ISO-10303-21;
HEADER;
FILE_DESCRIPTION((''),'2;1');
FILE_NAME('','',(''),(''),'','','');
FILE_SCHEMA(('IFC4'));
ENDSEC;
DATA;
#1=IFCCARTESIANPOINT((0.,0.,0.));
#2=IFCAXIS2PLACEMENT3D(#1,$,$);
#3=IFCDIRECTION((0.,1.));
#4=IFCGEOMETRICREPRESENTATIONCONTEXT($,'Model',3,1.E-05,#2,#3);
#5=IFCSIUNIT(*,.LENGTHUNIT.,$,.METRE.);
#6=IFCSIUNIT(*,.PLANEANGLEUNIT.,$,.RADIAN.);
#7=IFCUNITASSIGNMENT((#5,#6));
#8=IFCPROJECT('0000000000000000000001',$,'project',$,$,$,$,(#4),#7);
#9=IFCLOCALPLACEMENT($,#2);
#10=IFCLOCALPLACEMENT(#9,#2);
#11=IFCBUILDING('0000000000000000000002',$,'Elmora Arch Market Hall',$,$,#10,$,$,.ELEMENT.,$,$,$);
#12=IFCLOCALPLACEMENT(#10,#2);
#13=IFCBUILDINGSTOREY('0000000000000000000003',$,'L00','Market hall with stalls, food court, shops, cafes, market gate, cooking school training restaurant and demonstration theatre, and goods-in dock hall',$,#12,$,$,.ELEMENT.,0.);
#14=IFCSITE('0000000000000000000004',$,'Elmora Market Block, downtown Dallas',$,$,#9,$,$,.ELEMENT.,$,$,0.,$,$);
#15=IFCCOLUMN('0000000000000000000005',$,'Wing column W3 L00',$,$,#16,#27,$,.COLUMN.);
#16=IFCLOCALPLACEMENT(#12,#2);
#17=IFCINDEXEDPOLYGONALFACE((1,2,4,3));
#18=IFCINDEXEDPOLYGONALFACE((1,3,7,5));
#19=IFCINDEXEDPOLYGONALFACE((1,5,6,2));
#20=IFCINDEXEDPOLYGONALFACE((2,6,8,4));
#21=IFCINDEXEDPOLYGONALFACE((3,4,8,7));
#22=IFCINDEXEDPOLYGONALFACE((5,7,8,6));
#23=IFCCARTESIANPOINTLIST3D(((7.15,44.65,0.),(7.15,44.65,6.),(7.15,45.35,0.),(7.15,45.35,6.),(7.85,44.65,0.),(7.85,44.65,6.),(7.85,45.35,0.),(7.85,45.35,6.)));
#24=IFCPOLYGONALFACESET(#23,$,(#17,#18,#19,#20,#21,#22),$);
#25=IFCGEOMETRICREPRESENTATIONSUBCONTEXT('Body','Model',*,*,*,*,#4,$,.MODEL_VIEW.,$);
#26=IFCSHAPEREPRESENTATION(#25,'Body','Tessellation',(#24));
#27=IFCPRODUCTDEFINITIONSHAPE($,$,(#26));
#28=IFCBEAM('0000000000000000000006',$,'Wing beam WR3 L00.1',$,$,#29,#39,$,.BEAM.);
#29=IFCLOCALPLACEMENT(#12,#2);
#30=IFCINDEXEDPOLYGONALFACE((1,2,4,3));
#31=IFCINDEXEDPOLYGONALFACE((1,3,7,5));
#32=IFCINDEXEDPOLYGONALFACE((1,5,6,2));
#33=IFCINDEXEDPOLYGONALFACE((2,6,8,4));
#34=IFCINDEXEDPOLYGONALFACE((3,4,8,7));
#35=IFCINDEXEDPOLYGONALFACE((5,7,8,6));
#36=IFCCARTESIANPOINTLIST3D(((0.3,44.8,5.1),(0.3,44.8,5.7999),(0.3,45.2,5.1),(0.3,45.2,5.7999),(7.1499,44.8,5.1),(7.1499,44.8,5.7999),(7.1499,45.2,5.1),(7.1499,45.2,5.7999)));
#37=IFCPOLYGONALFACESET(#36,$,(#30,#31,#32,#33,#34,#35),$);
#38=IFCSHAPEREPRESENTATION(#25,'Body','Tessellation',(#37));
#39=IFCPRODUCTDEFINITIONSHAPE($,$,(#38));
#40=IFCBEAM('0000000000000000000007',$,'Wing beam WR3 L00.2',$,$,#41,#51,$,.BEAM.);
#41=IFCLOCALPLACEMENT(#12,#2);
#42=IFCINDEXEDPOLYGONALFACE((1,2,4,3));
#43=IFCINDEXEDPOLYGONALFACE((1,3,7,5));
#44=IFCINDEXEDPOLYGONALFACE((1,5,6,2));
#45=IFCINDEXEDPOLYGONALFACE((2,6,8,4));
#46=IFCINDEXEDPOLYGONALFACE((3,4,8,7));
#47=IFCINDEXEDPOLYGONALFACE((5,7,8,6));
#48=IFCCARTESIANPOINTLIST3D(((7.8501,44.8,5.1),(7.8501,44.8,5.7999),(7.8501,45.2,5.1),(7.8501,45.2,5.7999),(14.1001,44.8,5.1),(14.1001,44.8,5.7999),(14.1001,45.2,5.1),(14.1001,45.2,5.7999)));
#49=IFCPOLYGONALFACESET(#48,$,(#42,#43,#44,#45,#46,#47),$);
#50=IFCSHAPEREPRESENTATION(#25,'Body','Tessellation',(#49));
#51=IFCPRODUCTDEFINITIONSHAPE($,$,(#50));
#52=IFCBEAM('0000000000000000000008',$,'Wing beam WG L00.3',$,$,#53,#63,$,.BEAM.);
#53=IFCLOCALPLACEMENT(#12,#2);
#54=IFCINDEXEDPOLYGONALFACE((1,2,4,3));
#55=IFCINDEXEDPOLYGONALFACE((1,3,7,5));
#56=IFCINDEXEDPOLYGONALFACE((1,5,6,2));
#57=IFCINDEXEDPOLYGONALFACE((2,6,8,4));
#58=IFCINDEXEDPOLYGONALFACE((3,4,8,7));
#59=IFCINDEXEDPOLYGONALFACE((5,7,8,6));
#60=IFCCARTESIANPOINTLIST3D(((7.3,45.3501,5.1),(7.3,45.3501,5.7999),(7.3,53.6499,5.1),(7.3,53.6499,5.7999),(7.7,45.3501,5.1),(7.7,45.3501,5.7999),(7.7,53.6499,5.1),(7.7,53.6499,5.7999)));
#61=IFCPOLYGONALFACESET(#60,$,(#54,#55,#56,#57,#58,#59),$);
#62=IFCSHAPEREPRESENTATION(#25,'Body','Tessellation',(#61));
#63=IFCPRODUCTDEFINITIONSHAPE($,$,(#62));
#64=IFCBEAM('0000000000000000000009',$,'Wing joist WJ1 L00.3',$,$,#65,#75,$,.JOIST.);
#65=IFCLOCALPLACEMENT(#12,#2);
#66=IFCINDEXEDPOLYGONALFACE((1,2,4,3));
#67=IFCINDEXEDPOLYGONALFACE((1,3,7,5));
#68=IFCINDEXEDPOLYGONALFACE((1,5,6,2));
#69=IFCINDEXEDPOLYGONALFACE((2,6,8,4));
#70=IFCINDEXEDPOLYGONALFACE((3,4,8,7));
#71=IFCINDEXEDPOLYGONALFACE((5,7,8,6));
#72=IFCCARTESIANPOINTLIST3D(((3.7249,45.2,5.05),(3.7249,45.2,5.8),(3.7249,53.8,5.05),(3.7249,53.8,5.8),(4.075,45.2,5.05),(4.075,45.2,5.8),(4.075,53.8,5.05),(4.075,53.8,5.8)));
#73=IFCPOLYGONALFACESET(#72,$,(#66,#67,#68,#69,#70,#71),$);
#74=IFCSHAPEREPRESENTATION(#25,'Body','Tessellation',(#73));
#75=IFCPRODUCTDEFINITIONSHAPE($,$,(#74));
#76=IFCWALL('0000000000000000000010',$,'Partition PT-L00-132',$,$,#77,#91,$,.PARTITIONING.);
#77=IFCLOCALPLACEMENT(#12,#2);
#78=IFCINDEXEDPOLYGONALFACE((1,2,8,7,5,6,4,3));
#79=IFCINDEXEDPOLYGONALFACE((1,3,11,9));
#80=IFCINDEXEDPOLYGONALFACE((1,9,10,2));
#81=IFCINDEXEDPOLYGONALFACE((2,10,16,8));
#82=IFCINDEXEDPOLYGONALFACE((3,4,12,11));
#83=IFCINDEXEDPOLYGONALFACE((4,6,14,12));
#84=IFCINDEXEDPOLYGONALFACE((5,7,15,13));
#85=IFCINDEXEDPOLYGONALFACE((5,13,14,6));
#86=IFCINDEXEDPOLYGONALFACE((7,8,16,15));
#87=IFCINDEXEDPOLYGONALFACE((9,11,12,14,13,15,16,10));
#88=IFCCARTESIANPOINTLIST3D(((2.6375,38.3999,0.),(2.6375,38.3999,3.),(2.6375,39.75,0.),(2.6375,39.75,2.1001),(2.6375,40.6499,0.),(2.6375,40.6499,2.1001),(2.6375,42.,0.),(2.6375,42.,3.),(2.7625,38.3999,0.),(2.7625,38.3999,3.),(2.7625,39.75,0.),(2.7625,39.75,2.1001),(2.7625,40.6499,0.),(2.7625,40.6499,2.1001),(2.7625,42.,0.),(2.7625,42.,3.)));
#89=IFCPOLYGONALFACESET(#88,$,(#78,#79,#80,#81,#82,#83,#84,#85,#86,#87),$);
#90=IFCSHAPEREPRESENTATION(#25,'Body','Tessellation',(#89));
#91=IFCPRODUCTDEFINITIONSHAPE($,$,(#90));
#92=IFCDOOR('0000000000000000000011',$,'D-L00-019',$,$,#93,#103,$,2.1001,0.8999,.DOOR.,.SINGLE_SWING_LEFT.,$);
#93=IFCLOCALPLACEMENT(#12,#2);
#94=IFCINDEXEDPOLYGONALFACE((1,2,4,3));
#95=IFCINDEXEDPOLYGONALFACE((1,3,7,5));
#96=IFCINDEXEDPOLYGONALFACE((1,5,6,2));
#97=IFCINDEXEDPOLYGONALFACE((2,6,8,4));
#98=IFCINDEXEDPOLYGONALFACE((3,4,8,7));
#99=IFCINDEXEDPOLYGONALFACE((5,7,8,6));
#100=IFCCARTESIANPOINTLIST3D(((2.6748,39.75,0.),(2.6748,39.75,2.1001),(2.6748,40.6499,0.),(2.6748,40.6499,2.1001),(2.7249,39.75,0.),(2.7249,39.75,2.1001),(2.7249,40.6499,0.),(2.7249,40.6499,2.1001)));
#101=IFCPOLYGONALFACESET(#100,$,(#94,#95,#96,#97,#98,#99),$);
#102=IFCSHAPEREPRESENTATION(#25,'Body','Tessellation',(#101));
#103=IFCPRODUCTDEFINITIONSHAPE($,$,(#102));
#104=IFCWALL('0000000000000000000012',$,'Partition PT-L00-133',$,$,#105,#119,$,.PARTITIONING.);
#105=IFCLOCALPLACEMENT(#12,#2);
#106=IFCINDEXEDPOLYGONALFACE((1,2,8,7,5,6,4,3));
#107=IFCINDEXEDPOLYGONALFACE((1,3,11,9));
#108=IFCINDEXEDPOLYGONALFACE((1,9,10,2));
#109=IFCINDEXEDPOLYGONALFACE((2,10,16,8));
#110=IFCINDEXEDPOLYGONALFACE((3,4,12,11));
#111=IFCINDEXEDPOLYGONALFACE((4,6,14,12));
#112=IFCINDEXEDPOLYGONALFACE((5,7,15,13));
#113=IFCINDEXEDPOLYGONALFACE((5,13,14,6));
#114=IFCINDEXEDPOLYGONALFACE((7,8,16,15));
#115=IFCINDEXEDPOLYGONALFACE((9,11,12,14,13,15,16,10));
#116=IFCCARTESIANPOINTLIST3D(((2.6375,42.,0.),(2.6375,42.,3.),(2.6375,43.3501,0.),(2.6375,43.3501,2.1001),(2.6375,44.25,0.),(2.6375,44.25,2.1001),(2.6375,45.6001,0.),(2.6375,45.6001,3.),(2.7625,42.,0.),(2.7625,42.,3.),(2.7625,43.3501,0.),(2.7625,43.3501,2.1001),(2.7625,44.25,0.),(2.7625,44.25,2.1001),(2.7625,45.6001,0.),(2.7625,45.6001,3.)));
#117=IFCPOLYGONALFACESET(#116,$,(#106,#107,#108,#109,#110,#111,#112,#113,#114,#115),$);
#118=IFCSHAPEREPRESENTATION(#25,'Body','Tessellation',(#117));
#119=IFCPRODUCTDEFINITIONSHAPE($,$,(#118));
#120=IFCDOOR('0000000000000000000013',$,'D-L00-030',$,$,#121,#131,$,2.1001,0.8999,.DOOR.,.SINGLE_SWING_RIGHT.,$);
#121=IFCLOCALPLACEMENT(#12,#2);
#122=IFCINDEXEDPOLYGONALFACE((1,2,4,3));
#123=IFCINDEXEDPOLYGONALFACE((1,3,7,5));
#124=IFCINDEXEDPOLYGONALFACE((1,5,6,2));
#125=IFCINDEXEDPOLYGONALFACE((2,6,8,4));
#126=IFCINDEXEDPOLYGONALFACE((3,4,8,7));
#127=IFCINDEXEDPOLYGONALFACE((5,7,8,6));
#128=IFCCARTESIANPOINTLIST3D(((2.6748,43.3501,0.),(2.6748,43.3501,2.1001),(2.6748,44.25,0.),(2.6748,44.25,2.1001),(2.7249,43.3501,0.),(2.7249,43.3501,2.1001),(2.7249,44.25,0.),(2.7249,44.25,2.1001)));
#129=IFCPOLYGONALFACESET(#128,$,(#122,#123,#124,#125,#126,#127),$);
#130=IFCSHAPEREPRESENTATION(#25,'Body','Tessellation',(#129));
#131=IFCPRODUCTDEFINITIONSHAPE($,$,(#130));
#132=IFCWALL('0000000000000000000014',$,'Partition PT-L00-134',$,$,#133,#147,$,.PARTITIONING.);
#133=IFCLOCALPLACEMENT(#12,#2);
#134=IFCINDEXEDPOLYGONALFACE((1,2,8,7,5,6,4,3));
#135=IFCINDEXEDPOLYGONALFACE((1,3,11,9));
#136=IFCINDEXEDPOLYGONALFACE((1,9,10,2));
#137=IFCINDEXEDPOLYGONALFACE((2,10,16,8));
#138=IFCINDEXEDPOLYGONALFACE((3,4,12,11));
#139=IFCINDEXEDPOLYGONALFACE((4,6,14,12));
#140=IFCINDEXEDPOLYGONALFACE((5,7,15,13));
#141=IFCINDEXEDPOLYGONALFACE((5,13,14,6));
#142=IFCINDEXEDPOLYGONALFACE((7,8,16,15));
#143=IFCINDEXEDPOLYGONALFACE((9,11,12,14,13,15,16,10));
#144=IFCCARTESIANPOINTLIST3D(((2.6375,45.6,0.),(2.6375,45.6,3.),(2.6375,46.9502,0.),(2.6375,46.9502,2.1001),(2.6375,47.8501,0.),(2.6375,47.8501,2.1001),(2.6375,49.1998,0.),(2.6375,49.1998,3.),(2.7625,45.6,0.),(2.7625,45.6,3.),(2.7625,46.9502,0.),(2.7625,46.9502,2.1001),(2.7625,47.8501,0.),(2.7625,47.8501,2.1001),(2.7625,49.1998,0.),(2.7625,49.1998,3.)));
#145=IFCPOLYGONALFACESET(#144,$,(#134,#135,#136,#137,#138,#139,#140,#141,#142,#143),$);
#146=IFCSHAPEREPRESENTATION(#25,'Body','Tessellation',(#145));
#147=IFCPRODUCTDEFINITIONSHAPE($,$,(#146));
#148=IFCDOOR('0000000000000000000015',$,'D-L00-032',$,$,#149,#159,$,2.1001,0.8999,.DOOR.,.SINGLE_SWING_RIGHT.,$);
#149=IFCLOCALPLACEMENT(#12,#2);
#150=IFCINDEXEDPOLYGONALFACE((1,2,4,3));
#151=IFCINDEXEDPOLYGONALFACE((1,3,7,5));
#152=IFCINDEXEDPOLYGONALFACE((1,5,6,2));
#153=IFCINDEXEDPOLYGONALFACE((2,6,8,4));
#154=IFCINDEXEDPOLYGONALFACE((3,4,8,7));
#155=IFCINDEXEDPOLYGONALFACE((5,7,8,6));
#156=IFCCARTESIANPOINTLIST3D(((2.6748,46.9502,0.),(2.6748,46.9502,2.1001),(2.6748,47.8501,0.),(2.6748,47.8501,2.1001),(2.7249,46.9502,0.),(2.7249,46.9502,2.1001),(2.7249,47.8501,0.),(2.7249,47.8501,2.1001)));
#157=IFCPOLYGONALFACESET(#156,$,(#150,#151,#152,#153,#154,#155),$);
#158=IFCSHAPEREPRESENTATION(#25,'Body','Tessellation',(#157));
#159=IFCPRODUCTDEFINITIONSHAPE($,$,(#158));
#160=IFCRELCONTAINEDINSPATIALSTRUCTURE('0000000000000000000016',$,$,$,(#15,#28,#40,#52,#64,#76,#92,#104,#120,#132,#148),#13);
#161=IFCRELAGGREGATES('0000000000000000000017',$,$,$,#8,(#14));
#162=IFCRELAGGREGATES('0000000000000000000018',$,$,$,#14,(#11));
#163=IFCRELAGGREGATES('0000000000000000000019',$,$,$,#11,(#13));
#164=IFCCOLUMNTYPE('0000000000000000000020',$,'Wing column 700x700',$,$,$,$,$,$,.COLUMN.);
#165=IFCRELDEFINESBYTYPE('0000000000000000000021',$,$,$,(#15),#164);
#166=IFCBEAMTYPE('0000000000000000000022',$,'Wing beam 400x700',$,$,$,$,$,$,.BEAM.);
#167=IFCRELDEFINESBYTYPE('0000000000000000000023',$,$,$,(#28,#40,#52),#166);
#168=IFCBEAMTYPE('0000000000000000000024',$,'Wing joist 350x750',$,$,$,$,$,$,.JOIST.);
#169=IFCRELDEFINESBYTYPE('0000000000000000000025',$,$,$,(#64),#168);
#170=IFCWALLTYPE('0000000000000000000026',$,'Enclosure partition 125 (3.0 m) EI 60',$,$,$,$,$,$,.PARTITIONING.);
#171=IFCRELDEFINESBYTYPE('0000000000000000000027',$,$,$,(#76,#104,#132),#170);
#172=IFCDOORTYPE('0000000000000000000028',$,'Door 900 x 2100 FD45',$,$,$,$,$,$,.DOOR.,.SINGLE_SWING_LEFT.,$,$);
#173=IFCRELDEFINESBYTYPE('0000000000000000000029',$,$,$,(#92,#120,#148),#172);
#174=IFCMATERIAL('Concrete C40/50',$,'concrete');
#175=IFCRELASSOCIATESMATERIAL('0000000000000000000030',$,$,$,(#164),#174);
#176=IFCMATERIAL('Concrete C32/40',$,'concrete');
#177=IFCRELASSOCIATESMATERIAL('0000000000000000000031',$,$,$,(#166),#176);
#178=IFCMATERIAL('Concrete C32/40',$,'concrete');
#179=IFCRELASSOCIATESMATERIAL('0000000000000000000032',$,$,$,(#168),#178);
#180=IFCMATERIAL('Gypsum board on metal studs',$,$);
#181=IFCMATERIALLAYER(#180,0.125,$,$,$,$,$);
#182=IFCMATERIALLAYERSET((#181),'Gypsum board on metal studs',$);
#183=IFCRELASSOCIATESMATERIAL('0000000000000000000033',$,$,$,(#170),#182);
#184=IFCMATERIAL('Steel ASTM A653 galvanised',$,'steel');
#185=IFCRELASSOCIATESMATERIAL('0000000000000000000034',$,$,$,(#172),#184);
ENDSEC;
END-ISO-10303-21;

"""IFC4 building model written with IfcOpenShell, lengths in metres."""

from ifc_helpers import new_model, si_unit, direction, frame, frame_2d, origin, origin_2d, place, context, subcontext, project, spatial, rectangle, extrude, material, layer, layer_set, material_profile, profile_set, type_object, element, fill, save


model = new_model("IFC4")

# Units and contexts
model_context = context("Model", 3, precision=1e-05, world=origin(), true_north=direction((0.0, 1.0)))
body_context = subcontext(model_context, "Body", "Model", "MODEL_VIEW")
ifc_project = project(units=[si_unit("LENGTHUNIT", "METRE"), si_unit("PLANEANGLEUNIT", "RADIAN")], contexts=[model_context])

# Site, building, storey
site_placement = place(None, origin())
site = spatial("IfcSite", under=ifc_project, at=site_placement, Name="Elmora Market Block, downtown Dallas", CompositionType="ELEMENT", RefElevation=0.0)
building_placement = place(site_placement, origin())
building = spatial("IfcBuilding", under=site, at=building_placement, Name="Elmora Arch Market Hall", CompositionType="ELEMENT")
storey_placement = place(building_placement, origin())
storey = spatial("IfcBuildingStorey", under=building, at=storey_placement, Name="L00", Description="Market hall with stalls, food court, shops, cafes, market gate, cooking school training restaurant and demonstration theatre, and goods-in dock hall", CompositionType="ELEMENT", Elevation=0.0)

# Column
ifc_material_1 = material(Name="Concrete C40/50", Category="concrete")
ifc_material_profile_1 = material_profile(ifc_material_1, rectangle(XDim=0.7, YDim=0.7, at=origin_2d()), Name="Wing column 700x700")
ifc_profile_set_1 = profile_set([ifc_material_profile_1], Name="Concrete C40/50")
column_type = type_object("IfcColumnType", Name="Wing column 700x700", PredefinedType="COLUMN", material=ifc_profile_set_1)
column_placement = place(storey_placement, frame((7.5, 45.0, 0.0), z_axis=(0.0, 0.0, 1.0), x_axis=(1.0, 0.0, 0.0)))
element("IfcColumn", 1, at=column_placement, inside=storey, type_object=column_type, Name="Wing column W3 L00", PredefinedType="COLUMN", context=body_context, shape_type="SweptSolid", body=[
    extrude(rectangle(XDim=0.7, YDim=0.7, at=origin_2d()), origin(), (0.0, 0.0, 1.0), 6.0),
])

# Beams
ifc_material_2 = material(Name="Concrete C32/40", Category="concrete")
ifc_material_profile_2 = material_profile(ifc_material_2, rectangle(XDim=0.3999, YDim=0.7, at=origin_2d()), Name="Wing beam 400x700")
ifc_profile_set_2 = profile_set([ifc_material_profile_2], Name="Concrete C32/40")
beam_type_1 = type_object("IfcBeamType", Name="Wing beam 400x700", PredefinedType="BEAM", material=ifc_profile_set_2)
beam_1_placement = place(storey_placement, frame((0.3, 45.0, 5.45), z_axis=(1.0, 0.0, 0.0), x_axis=(0.0, 1.0, 0.0)))
element("IfcBeam", 2, at=beam_1_placement, inside=storey, type_object=beam_type_1, Name="Wing beam WR3 L00.1", PredefinedType="BEAM", context=body_context, shape_type="SweptSolid", body=[
    extrude(rectangle(XDim=0.3999, YDim=0.7, at=origin_2d()), origin(), (0.0, 0.0, 1.0), 6.8499),
])
beam_2_placement = place(storey_placement, frame((7.8501, 45.0, 5.45), z_axis=(1.0, 0.0, 0.0), x_axis=(0.0, 1.0, 0.0)))
element("IfcBeam", 3, at=beam_2_placement, inside=storey, type_object=beam_type_1, Name="Wing beam WR3 L00.2", PredefinedType="BEAM", context=body_context, shape_type="SweptSolid", body=[
    extrude(rectangle(XDim=0.3999, YDim=0.7, at=origin_2d()), origin(), (0.0, 0.0, 1.0), 6.25),
])
beam_3_placement = place(storey_placement, frame((7.5, 45.3501, 5.45), z_axis=(0.0, 1.0, 0.0), x_axis=(-1.0, 0.0, 0.0)))
element("IfcBeam", 4, at=beam_3_placement, inside=storey, type_object=beam_type_1, Name="Wing beam WG L00.3", PredefinedType="BEAM", context=body_context, shape_type="SweptSolid", body=[
    extrude(rectangle(XDim=0.3999, YDim=0.7, at=origin_2d()), origin(), (0.0, 0.0, 1.0), 8.2998),
])
ifc_material_3 = material(Name="Concrete C32/40", Category="concrete")
ifc_material_profile_3 = material_profile(ifc_material_3, rectangle(XDim=0.3501, YDim=0.75, at=origin_2d()), Name="Wing joist 350x750")
ifc_profile_set_3 = profile_set([ifc_material_profile_3], Name="Concrete C32/40")
beam_type_2 = type_object("IfcBeamType", Name="Wing joist 350x750", PredefinedType="JOIST", material=ifc_profile_set_3)
beam_4_placement = place(storey_placement, frame((3.8999, 45.2, 5.425), z_axis=(0.0, 1.0, 0.0), x_axis=(-1.0, 0.0, 0.0)))
element("IfcBeam", 5, at=beam_4_placement, inside=storey, type_object=beam_type_2, Name="Wing joist WJ1 L00.3", PredefinedType="JOIST", context=body_context, shape_type="SweptSolid", body=[
    extrude(rectangle(XDim=0.3501, YDim=0.75, at=origin_2d()), origin(), (0.0, 0.0, 1.0), 8.6001),
])

# Walls, openings, doors
ifc_material_4 = material(Name="Gypsum board on metal studs")
ifc_layer_1 = layer(ifc_material_4, 0.125)
ifc_layer_set_1 = layer_set([ifc_layer_1], Name="Gypsum board on metal studs")
wall_type_1 = type_object("IfcWallType", Name="Enclosure partition 125 (3.0 m) EI 60", PredefinedType="PARTITIONING", material=ifc_layer_set_1)
wall_1_placement = place(storey_placement, frame((2.7, 38.3999, 0.0), z_axis=(0.0, 0.0, 1.0), x_axis=(0.0, 1.0, 0.0)))
wall_1 = element("IfcWall", 6, at=wall_1_placement, inside=storey, type_object=wall_type_1, Name="Partition PT-L00-132", PredefinedType="PARTITIONING", context=body_context, shape_type="SweptSolid", body=[
    extrude(rectangle(XDim=3.6001, YDim=0.125, at=frame_2d((1.8, 0.0))), origin(), (0.0, 0.0, 1.0), 3.0),
])
opening_1_placement = place(wall_1_placement, frame((1.3501, 0.0, 0.0)))
opening_1 = element("IfcOpeningElement", 7, at=opening_1_placement, cuts=wall_1, PredefinedType="OPENING", context=body_context, shape_type="SweptSolid", body=[
    extrude(rectangle(XDim=0.8999, YDim=2.1001, at=frame_2d((0.45, 1.05))), frame((0.0, 0.0725, 0.0), z_axis=(0.0, -1.0, 0.0), x_axis=(1.0, 0.0, 0.0)), (0.0, 0.0, 1.0), 0.145),
])
ifc_material_5 = material(Name="Steel ASTM A653 galvanised", Category="steel")
door_type_1 = type_object("IfcDoorType", Name="Door 900 x 2100 FD45", OperationType="SINGLE_SWING_LEFT", PredefinedType="DOOR", material=ifc_material_5)
door_1_placement = place(opening_1_placement, frame((0.8999, 0.0, 0.0), z_axis=(0.0, 0.0, 1.0), x_axis=(-1.0, 0.0, 0.0)))
door_1 = element("IfcDoor", 8, at=door_1_placement, inside=storey, type_object=door_type_1, Name="D-L00-019", OperationType="SINGLE_SWING_LEFT", OverallHeight=2.1001, OverallWidth=0.8999, PredefinedType="DOOR", context=body_context, shape_type="SweptSolid", body=[
    extrude(rectangle(XDim=0.8999, YDim=2.1001, at=frame_2d((0.45, 1.05))), frame((0.0, 0.0249, 0.0), z_axis=(0.0, -1.0, 0.0), x_axis=(1.0, 0.0, 0.0)), (0.0, 0.0, 1.0), 0.05),
])
fill(opening_1, door_1)
wall_2_placement = place(storey_placement, frame((2.7, 42.0, 0.0), z_axis=(0.0, 0.0, 1.0), x_axis=(0.0, 1.0, 0.0)))
wall_2 = element("IfcWall", 9, at=wall_2_placement, inside=storey, type_object=wall_type_1, Name="Partition PT-L00-133", PredefinedType="PARTITIONING", context=body_context, shape_type="SweptSolid", body=[
    extrude(rectangle(XDim=3.6001, YDim=0.125, at=frame_2d((1.8, 0.0))), origin(), (0.0, 0.0, 1.0), 3.0),
])
opening_2_placement = place(wall_2_placement, frame((1.3501, 0.0, 0.0)))
opening_2 = element("IfcOpeningElement", 10, at=opening_2_placement, cuts=wall_2, PredefinedType="OPENING", context=body_context, shape_type="SweptSolid", body=[
    extrude(rectangle(XDim=0.8999, YDim=2.1001, at=frame_2d((0.45, 1.05))), frame((0.0, 0.0725, 0.0), z_axis=(0.0, -1.0, 0.0), x_axis=(1.0, 0.0, 0.0)), (0.0, 0.0, 1.0), 0.145),
])
door_2_placement = place(opening_2_placement, frame((0.8999, 0.0, 0.0), z_axis=(0.0, 0.0, 1.0), x_axis=(-1.0, 0.0, 0.0)))
door_2 = element("IfcDoor", 11, at=door_2_placement, inside=storey, type_object=door_type_1, Name="D-L00-030", OperationType="SINGLE_SWING_RIGHT", OverallHeight=2.1001, OverallWidth=0.8999, PredefinedType="DOOR", context=body_context, shape_type="SweptSolid", body=[
    extrude(rectangle(XDim=0.8999, YDim=2.1001, at=frame_2d((0.45, 1.05))), frame((0.0, 0.0249, 0.0), z_axis=(0.0, -1.0, 0.0), x_axis=(1.0, 0.0, 0.0)), (0.0, 0.0, 1.0), 0.05),
])
fill(opening_2, door_2)
wall_3_placement = place(storey_placement, frame((2.7, 45.6001, 0.0), z_axis=(0.0, 0.0, 1.0), x_axis=(0.0, 1.0, 0.0)))
wall_3 = element("IfcWall", 12, at=wall_3_placement, inside=storey, type_object=wall_type_1, Name="Partition PT-L00-134", PredefinedType="PARTITIONING", context=body_context, shape_type="SweptSolid", body=[
    extrude(rectangle(XDim=3.5999, YDim=0.125, at=frame_2d((1.7998, 0.0))), origin(), (0.0, 0.0, 1.0), 3.0),
])
opening_3_placement = place(wall_3_placement, frame((1.3501, 0.0, 0.0)))
opening_3 = element("IfcOpeningElement", 13, at=opening_3_placement, cuts=wall_3, PredefinedType="OPENING", context=body_context, shape_type="SweptSolid", body=[
    extrude(rectangle(XDim=0.8999, YDim=2.1001, at=frame_2d((0.45, 1.05))), frame((0.0, 0.0725, 0.0), z_axis=(0.0, -1.0, 0.0), x_axis=(1.0, 0.0, 0.0)), (0.0, 0.0, 1.0), 0.145),
])
door_3_placement = place(opening_3_placement, frame((0.8999, 0.0, 0.0), z_axis=(0.0, 0.0, 1.0), x_axis=(-1.0, 0.0, 0.0)))
door_3 = element("IfcDoor", 14, at=door_3_placement, inside=storey, type_object=door_type_1, Name="D-L00-032", OperationType="SINGLE_SWING_RIGHT", OverallHeight=2.1001, OverallWidth=0.8999, PredefinedType="DOOR", context=body_context, shape_type="SweptSolid", body=[
    extrude(rectangle(XDim=0.8999, YDim=2.1001, at=frame_2d((0.45, 1.05))), frame((0.0, 0.0249, 0.0), z_axis=(0.0, -1.0, 0.0), x_axis=(1.0, 0.0, 0.0)), (0.0, 0.0, 1.0), 0.05),
])
fill(opening_3, door_3)

save(model, "model.ifc")
